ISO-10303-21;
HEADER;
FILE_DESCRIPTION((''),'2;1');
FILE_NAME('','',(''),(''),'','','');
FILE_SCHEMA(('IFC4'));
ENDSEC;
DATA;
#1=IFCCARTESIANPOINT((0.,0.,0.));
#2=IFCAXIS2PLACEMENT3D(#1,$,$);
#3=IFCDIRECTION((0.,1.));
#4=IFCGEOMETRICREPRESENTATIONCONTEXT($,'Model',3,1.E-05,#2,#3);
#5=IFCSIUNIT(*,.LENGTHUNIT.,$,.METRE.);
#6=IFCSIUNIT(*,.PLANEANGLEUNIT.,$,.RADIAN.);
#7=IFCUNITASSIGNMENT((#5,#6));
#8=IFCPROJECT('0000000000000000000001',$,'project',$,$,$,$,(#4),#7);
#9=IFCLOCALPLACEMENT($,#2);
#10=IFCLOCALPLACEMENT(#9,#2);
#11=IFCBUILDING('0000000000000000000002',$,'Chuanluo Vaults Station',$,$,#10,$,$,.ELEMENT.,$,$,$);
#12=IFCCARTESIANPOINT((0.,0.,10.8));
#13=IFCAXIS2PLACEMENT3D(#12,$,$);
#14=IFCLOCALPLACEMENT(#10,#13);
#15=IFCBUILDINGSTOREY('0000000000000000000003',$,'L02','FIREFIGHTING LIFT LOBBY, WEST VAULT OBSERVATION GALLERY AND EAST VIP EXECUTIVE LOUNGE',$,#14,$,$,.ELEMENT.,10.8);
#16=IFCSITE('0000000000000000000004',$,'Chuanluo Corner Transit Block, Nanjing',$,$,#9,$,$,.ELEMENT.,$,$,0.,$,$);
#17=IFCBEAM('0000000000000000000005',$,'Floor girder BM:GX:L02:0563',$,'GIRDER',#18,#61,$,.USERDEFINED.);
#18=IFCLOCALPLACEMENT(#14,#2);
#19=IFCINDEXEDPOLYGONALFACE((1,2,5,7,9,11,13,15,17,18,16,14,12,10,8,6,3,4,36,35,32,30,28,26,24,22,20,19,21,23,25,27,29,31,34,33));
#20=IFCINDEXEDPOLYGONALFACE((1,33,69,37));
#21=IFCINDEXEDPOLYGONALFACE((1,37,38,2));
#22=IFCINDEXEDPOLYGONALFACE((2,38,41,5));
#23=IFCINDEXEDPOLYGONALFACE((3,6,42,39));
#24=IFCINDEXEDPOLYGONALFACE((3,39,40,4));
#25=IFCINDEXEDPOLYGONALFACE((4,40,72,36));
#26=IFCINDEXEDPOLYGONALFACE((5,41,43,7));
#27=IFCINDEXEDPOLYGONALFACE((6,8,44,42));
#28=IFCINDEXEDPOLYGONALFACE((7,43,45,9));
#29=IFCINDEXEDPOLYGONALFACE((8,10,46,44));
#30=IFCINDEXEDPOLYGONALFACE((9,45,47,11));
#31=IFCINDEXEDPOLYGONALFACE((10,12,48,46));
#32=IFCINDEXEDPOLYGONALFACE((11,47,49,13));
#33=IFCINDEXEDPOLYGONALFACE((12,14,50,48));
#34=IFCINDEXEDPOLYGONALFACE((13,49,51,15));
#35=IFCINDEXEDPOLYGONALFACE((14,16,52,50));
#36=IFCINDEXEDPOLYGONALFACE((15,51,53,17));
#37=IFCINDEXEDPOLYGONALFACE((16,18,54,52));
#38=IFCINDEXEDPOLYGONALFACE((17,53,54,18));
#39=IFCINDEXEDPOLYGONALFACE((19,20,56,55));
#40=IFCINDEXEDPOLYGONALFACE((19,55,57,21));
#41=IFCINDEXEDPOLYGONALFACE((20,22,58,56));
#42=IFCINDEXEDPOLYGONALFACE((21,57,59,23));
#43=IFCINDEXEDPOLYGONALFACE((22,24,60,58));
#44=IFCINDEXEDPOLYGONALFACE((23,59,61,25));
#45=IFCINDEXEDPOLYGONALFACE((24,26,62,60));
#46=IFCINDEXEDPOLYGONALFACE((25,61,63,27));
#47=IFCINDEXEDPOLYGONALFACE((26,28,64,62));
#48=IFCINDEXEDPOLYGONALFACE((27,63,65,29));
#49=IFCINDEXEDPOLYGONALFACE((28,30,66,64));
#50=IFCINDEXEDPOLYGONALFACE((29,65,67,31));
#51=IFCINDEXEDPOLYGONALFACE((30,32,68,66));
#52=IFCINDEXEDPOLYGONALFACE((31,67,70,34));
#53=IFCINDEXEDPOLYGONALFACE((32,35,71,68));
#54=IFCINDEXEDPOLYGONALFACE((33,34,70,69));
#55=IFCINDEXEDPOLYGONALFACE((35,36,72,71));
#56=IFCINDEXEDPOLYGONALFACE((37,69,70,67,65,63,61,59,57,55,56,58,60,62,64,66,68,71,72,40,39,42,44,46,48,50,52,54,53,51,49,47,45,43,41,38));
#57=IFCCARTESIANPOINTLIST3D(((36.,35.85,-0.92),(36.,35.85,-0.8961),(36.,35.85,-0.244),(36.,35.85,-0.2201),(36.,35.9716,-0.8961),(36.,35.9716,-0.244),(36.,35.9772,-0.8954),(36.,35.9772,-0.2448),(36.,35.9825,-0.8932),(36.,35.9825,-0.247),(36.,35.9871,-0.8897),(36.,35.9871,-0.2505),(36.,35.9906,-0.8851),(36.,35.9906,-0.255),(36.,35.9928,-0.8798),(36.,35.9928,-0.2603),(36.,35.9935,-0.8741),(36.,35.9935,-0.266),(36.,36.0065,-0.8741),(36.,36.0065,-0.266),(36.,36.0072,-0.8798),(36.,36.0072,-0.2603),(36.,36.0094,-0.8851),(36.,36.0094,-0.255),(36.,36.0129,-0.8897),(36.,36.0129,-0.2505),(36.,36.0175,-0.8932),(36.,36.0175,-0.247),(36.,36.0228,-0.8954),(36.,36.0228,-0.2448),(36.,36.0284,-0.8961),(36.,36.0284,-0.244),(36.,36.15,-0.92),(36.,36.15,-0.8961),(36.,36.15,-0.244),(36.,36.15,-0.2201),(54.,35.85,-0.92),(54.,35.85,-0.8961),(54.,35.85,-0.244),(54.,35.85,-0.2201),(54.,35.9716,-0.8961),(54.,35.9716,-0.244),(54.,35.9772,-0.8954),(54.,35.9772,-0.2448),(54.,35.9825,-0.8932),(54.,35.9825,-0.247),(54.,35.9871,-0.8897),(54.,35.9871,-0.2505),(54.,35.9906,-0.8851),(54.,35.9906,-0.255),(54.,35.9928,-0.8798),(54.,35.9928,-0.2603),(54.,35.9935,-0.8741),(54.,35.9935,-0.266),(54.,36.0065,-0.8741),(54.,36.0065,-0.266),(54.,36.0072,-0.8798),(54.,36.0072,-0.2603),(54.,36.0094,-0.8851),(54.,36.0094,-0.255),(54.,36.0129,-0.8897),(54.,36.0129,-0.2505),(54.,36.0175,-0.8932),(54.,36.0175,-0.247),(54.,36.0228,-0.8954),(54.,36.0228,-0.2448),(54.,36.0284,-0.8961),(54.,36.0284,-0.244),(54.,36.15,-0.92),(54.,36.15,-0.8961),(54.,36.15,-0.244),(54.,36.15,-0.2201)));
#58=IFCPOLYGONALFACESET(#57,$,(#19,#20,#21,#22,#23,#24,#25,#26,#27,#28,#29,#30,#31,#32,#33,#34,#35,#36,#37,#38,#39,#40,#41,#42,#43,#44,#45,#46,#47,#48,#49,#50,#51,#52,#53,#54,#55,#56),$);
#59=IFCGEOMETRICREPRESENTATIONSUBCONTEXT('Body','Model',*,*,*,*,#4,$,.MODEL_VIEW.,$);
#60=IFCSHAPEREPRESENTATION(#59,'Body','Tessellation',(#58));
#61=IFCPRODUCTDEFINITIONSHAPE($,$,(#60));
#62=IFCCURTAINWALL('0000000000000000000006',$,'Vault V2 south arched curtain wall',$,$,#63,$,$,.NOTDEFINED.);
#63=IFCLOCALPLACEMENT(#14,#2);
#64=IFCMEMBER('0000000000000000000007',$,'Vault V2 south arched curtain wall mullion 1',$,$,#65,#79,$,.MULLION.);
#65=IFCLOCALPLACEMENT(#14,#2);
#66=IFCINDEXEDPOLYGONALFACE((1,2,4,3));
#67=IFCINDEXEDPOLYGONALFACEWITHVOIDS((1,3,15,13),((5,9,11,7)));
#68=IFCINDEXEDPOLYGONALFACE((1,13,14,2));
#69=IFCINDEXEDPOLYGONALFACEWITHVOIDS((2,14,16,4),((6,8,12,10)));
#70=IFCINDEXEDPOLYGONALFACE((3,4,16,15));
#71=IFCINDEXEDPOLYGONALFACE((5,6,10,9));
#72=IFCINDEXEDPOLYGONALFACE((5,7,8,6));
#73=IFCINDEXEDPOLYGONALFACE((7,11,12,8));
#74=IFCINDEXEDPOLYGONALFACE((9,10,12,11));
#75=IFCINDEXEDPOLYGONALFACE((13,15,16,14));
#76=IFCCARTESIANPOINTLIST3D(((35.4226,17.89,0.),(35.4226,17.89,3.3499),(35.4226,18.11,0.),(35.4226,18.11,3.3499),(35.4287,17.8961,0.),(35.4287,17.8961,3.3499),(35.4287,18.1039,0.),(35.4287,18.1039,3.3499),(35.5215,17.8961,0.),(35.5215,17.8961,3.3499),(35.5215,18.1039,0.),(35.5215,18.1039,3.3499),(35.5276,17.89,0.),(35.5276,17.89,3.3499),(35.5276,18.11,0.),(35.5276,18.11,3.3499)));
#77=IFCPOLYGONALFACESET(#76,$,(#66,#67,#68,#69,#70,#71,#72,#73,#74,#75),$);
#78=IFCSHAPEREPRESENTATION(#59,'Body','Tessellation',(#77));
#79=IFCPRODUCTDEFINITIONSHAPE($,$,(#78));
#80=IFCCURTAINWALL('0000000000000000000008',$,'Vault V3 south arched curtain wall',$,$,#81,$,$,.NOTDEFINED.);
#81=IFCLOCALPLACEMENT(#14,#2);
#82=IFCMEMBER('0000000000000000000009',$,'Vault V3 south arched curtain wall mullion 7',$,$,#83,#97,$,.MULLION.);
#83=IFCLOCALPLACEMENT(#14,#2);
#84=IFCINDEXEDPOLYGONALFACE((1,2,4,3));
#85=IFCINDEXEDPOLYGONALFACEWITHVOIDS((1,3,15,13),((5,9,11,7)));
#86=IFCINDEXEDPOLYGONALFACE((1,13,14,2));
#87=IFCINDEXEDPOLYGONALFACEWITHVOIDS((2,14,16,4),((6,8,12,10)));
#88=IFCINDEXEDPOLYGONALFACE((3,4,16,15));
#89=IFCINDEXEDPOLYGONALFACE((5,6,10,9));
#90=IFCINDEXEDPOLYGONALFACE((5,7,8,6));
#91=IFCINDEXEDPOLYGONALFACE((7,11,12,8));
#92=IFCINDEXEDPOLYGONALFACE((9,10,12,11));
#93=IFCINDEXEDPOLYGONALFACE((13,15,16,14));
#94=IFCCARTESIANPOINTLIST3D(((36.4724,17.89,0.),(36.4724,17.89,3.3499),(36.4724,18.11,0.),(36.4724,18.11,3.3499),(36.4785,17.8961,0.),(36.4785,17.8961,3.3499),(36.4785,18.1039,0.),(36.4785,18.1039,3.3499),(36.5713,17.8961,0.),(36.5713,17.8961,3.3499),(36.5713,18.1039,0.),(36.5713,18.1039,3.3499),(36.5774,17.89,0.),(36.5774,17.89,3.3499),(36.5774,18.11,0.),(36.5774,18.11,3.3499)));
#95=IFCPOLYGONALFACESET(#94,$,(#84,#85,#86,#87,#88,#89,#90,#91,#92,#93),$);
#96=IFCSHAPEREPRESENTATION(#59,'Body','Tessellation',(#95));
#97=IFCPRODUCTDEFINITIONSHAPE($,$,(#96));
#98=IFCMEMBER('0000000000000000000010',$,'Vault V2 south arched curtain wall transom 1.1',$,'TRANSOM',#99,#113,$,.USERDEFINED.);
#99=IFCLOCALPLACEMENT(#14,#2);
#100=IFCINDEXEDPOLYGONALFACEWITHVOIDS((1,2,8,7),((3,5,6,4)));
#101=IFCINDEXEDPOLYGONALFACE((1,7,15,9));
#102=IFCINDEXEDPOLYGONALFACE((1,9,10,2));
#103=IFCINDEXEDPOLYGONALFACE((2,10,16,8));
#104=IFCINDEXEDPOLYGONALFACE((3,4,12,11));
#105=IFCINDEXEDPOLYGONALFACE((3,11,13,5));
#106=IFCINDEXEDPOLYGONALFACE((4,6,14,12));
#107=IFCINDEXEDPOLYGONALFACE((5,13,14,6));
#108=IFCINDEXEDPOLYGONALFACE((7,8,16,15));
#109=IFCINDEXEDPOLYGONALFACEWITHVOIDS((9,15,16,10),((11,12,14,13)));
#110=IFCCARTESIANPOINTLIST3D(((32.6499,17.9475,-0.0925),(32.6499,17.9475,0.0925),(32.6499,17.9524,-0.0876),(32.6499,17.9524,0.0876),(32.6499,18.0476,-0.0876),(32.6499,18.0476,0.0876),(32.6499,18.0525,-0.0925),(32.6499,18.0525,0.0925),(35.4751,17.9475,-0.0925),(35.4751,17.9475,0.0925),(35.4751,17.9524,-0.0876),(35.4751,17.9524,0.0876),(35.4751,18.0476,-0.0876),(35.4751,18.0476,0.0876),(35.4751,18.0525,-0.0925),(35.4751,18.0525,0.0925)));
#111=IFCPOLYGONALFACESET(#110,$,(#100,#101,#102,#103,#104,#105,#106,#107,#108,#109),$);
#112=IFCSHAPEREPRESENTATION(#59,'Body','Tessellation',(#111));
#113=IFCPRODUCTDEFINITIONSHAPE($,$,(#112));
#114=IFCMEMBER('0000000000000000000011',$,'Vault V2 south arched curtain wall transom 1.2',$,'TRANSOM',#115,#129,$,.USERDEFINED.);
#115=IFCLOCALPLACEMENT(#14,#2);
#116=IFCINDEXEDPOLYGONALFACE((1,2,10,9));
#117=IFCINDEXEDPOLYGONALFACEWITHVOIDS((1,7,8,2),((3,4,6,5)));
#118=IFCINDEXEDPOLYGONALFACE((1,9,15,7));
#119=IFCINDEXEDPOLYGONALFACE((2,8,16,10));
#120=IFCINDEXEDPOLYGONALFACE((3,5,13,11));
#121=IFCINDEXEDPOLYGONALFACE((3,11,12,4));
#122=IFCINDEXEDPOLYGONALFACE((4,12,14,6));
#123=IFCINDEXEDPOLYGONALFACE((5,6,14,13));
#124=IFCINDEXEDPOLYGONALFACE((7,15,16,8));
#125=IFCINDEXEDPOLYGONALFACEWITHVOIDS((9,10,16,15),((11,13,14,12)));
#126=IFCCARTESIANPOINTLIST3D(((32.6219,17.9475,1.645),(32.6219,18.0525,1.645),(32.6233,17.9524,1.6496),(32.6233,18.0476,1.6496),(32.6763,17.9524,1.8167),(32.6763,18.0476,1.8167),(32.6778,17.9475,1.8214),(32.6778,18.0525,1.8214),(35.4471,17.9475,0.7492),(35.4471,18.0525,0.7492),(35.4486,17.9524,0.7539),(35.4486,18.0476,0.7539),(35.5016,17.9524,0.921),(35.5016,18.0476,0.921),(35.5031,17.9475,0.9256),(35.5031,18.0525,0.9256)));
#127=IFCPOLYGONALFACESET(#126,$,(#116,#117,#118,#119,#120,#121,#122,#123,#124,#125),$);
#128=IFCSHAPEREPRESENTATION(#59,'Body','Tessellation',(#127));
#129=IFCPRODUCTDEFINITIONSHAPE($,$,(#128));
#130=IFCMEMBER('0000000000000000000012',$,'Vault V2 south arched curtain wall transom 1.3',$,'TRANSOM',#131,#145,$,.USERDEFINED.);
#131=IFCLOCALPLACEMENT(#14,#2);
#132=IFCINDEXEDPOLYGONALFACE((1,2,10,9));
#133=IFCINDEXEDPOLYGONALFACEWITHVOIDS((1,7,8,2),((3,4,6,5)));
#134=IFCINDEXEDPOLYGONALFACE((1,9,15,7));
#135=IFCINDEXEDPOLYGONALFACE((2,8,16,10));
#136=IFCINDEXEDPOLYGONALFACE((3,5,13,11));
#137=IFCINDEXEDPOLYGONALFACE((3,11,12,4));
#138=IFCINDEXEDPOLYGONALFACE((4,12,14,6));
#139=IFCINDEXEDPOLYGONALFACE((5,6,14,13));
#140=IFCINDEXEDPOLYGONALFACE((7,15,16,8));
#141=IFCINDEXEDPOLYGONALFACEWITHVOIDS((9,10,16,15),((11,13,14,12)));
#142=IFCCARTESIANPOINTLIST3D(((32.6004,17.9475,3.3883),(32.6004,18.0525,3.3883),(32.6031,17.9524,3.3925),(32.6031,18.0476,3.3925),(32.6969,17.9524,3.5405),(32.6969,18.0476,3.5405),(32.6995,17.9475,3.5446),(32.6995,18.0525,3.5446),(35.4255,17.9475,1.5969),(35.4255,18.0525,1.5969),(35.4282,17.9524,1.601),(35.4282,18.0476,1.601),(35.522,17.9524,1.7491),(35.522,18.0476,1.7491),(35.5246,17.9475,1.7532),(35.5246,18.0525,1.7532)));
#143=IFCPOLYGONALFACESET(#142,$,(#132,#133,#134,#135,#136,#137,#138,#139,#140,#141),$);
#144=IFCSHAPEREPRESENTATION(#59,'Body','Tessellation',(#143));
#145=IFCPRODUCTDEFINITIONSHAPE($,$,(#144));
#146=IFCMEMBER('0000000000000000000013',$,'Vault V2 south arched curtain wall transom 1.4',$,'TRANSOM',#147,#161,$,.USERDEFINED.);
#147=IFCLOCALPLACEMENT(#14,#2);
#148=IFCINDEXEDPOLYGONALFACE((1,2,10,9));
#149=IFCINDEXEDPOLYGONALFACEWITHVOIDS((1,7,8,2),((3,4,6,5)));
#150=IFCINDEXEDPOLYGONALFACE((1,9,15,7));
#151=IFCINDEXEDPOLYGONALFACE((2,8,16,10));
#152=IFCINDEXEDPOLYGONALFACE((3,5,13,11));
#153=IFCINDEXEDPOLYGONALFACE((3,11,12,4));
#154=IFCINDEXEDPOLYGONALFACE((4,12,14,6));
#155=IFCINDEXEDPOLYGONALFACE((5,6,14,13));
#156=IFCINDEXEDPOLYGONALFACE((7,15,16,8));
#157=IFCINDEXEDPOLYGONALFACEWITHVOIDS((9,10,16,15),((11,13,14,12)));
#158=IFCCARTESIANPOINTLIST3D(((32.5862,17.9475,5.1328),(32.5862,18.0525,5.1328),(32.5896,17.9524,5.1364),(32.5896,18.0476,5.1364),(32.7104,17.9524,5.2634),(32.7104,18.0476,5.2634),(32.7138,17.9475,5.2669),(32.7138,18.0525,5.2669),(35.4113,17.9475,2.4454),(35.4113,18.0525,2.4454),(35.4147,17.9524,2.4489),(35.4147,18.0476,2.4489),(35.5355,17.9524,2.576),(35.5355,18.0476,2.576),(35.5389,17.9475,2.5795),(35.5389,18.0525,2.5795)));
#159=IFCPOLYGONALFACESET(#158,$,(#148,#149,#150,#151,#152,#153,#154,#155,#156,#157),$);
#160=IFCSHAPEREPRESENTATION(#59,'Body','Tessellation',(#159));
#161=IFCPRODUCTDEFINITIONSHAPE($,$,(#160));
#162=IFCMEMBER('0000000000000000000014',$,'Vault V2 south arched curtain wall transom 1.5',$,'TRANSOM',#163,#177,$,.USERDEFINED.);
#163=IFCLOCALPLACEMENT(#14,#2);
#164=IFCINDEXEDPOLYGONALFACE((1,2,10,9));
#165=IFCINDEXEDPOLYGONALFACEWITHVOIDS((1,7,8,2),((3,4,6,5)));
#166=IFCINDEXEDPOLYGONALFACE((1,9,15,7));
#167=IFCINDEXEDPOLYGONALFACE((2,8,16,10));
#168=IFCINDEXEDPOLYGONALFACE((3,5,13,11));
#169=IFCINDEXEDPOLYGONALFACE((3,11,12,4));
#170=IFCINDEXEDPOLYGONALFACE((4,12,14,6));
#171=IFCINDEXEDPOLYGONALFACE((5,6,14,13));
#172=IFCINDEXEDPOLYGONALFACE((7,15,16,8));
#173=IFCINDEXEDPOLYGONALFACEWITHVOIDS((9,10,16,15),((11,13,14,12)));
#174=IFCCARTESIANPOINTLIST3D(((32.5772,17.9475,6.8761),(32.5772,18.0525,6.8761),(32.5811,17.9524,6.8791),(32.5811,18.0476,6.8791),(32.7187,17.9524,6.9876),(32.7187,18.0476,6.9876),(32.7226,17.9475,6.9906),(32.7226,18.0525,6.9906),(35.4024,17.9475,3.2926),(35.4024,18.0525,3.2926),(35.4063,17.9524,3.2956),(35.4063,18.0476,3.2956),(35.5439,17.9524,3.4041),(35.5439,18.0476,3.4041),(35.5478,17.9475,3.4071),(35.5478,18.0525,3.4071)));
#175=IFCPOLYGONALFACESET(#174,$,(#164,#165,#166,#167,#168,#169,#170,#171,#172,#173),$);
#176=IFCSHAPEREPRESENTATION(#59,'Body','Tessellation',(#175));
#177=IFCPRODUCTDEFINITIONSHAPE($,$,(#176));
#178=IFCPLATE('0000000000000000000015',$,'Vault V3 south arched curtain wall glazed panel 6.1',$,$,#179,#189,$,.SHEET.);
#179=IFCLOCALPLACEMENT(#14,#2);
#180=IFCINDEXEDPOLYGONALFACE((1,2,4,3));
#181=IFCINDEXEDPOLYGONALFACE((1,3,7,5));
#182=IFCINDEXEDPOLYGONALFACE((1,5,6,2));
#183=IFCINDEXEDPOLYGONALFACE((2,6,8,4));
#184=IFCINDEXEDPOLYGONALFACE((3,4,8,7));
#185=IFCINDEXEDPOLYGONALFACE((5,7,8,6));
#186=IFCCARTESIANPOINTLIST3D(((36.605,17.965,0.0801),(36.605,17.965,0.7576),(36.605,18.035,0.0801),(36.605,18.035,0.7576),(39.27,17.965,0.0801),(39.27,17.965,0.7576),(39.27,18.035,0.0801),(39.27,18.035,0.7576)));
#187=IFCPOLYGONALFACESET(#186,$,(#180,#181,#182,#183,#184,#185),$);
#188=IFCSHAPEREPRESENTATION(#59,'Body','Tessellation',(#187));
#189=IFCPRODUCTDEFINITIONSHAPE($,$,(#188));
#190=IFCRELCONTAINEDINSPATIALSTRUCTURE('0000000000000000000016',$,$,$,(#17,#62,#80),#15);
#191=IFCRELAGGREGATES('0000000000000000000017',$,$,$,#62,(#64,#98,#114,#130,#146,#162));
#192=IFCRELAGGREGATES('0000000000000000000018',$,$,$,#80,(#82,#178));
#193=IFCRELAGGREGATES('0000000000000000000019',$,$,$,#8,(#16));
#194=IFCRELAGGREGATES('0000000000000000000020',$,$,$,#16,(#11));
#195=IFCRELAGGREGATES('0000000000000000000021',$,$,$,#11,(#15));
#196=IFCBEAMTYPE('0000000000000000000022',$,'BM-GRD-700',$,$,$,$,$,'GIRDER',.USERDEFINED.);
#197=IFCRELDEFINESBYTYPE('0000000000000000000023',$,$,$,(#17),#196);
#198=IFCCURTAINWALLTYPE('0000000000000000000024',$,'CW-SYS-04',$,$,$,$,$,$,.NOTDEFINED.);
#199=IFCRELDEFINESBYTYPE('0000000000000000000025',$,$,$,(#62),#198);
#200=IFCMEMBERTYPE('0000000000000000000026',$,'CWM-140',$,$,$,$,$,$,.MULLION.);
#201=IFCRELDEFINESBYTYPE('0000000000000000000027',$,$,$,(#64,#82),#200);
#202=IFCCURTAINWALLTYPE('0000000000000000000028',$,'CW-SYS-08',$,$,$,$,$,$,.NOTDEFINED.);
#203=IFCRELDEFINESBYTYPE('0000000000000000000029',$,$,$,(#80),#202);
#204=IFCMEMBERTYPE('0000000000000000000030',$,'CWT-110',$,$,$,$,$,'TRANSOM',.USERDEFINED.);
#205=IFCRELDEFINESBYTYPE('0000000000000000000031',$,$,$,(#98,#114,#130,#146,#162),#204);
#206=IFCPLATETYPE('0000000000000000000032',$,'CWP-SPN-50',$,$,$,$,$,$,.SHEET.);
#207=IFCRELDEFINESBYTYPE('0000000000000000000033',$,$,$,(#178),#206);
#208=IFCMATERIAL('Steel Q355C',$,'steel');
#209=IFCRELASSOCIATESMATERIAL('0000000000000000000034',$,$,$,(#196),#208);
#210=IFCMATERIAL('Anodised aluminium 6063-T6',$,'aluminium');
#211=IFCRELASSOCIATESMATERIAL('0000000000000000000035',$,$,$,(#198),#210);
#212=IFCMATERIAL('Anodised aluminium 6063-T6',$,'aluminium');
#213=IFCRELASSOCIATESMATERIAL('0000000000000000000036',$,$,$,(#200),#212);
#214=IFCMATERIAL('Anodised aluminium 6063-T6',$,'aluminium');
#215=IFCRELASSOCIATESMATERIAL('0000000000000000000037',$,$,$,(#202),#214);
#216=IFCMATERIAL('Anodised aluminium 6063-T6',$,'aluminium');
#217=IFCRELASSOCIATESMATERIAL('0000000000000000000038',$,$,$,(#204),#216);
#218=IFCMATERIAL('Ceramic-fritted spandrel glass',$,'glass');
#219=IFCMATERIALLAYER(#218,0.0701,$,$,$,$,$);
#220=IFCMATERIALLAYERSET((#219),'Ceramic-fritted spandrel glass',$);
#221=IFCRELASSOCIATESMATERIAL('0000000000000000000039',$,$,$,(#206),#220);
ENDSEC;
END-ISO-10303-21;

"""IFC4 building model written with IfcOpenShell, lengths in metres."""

from ifc_helpers import new_model, si_unit, direction, frame, origin, origin_2d, place, context, subcontext, project, spatial, rectangle, hollow_rectangle, i_section, extrude, material, layer, layer_set, material_profile, profile_set, type_object, element, aggregate, save


model = new_model("IFC4")

# Units and contexts
model_context = context("Model", 3, precision=1e-05, world=origin(), true_north=direction((0.0, 1.0)))
body_context = subcontext(model_context, "Body", "Model", "MODEL_VIEW")
ifc_project = project(units=[si_unit("LENGTHUNIT", "METRE"), si_unit("PLANEANGLEUNIT", "RADIAN")], contexts=[model_context])

# Site, building, storey
site_placement = place(None, origin())
site = spatial("IfcSite", under=ifc_project, at=site_placement, Name="Chuanluo Corner Transit Block, Nanjing", CompositionType="ELEMENT", RefElevation=0.0)
building_placement = place(site_placement, origin())
building = spatial("IfcBuilding", under=site, at=building_placement, Name="Chuanluo Vaults Station", CompositionType="ELEMENT")
storey_placement = place(building_placement, frame((0.0, 0.0, 10.8)))
storey = spatial("IfcBuildingStorey", under=building, at=storey_placement, Name="L02", Description="FIREFIGHTING LIFT LOBBY, WEST VAULT OBSERVATION GALLERY AND EAST VIP EXECUTIVE LOUNGE", CompositionType="ELEMENT", Elevation=10.8)

# Beam
ifc_material_1 = material(Name="Steel Q355C", Category="steel")
ifc_material_profile_1 = material_profile(ifc_material_1, i_section(OverallWidth=0.3, OverallDepth=0.7, WebThickness=0.0129, FlangeThickness=0.0239, FilletRadius=0.022, at=origin_2d()))
ifc_profile_set_1 = profile_set([ifc_material_profile_1], Name="Steel Q355C")
beam_type_1 = type_object("IfcBeamType", Name="BM-GRD-700", ElementType="GIRDER", PredefinedType="USERDEFINED", material=ifc_profile_set_1)
for number, where, z_axis, x_axis, name in (
    (1, (36.0, 36.0, -0.5701), (1.0, 0.0, 0.0), (0.0, 1.0, 0.0), "Floor girder BM:GX:L02:0563"),
):
    element("IfcBeam", number, at=place(storey_placement, frame(where, z_axis=z_axis, x_axis=x_axis)), inside=storey, type_object=beam_type_1, Name=name, ObjectType="GIRDER", PredefinedType="USERDEFINED", context=body_context, shape_type="SweptSolid", body=[
        extrude(i_section(OverallWidth=0.3, OverallDepth=0.7, WebThickness=0.0129, FlangeThickness=0.0239, FilletRadius=0.022, at=origin_2d()), origin(), (0.0, 0.0, 1.0), 18.0),
    ])

# Curtain walls, members
ifc_material_2 = material(Name="Anodised aluminium 6063-T6", Category="aluminium")
curtain_wall_type_1 = type_object("IfcCurtainWallType", Name="CW-SYS-04", PredefinedType="NOTDEFINED", material=ifc_material_2)
curtain_wall_1_placement = place(storey_placement, origin())
curtain_wall_1 = element("IfcCurtainWall", 2, at=curtain_wall_1_placement, inside=storey, type_object=curtain_wall_type_1, Name="Vault V2 south arched curtain wall", PredefinedType="NOTDEFINED")
ifc_material_3 = material(Name="Anodised aluminium 6063-T6", Category="aluminium")
ifc_material_profile_2 = material_profile(ifc_material_3, hollow_rectangle(XDim=0.105, YDim=0.22, WallThickness=0.0061, at=origin_2d()))
ifc_profile_set_2 = profile_set([ifc_material_profile_2], Name="Anodised aluminium 6063-T6")
member_type_1 = type_object("IfcMemberType", Name="CWM-140", PredefinedType="MULLION", material=ifc_profile_set_2)
member_1_placement = place(storey_placement, frame((35.4751, 18.0, 0.0), z_axis=(0.0, 0.0, 1.0), x_axis=(-1.0, 0.0, 0.0)))
member_1 = element("IfcMember", 3, at=member_1_placement, type_object=member_type_1, Name="Vault V2 south arched curtain wall mullion 1", PredefinedType="MULLION", context=body_context, shape_type="SweptSolid", body=[
    extrude(hollow_rectangle(XDim=0.105, YDim=0.22, WallThickness=0.0061, at=origin_2d()), origin(), (0.0, 0.0, 1.0), 3.3499),
])
ifc_material_4 = material(Name="Anodised aluminium 6063-T6", Category="aluminium")
curtain_wall_type_2 = type_object("IfcCurtainWallType", Name="CW-SYS-08", PredefinedType="NOTDEFINED", material=ifc_material_4)
curtain_wall_2_placement = place(storey_placement, origin())
curtain_wall_2 = element("IfcCurtainWall", 4, at=curtain_wall_2_placement, inside=storey, type_object=curtain_wall_type_2, Name="Vault V3 south arched curtain wall", PredefinedType="NOTDEFINED")
member_2_placement = place(storey_placement, frame((36.5249, 18.0, 0.0), z_axis=(0.0, 0.0, 1.0), x_axis=(-1.0, 0.0, 0.0)))
member_2 = element("IfcMember", 5, at=member_2_placement, type_object=member_type_1, Name="Vault V3 south arched curtain wall mullion 7", PredefinedType="MULLION", context=body_context, shape_type="SweptSolid", body=[
    extrude(hollow_rectangle(XDim=0.105, YDim=0.22, WallThickness=0.0061, at=origin_2d()), origin(), (0.0, 0.0, 1.0), 3.3499),
])

# Members
ifc_material_5 = material(Name="Anodised aluminium 6063-T6", Category="aluminium")
ifc_material_profile_3 = material_profile(ifc_material_5, hollow_rectangle(XDim=0.105, YDim=0.1851, WallThickness=0.0049, at=origin_2d()))
ifc_profile_set_3 = profile_set([ifc_material_profile_3], Name="Anodised aluminium 6063-T6")
member_type_2 = type_object("IfcMemberType", Name="CWT-110", ElementType="TRANSOM", PredefinedType="USERDEFINED", material=ifc_profile_set_3)
member_3_placement = place(storey_placement, frame((35.4751, 18.0, 0.0), z_axis=(-1.0, 0.0, 0.0), x_axis=(0.0, -1.0, 0.0)))
member_3 = element("IfcMember", 6, at=member_3_placement, type_object=member_type_2, Name="Vault V2 south arched curtain wall transom 1.1", ObjectType="TRANSOM", PredefinedType="USERDEFINED", context=body_context, shape_type="SweptSolid", body=[
    extrude(hollow_rectangle(XDim=0.105, YDim=0.1851, WallThickness=0.0049, at=origin_2d()), origin(), (0.0, 0.0, 1.0), 2.8252),
])
member_4_placement = place(storey_placement, frame((35.4751, 18.0, 0.8374), z_axis=(-0.953235, 0.0, 0.302231), x_axis=(0.0, -1.0, 0.0)))
member_4 = element("IfcMember", 7, at=member_4_placement, type_object=member_type_2, Name="Vault V2 south arched curtain wall transom 1.2", ObjectType="TRANSOM", PredefinedType="USERDEFINED", context=body_context, shape_type="SweptSolid", body=[
    extrude(hollow_rectangle(XDim=0.105, YDim=0.1851, WallThickness=0.0049, at=origin_2d()), origin(), (0.0, 0.0, 1.0), 2.9639),
])
member_5_placement = place(storey_placement, frame((35.4751, 18.0, 1.675), z_axis=(-0.84452, 0.0, 0.535524), x_axis=(0.0, -1.0, 0.0)))
member_5 = element("IfcMember", 8, at=member_5_placement, type_object=member_type_2, Name="Vault V2 south arched curtain wall transom 1.3", ObjectType="TRANSOM", PredefinedType="USERDEFINED", context=body_context, shape_type="SweptSolid", body=[
    extrude(hollow_rectangle(XDim=0.105, YDim=0.1851, WallThickness=0.0049, at=origin_2d()), origin(), (0.0, 0.0, 1.0), 3.3452),
])
member_6_placement = place(storey_placement, frame((35.4751, 18.0, 2.5125), z_axis=(-0.724543, 0.0, 0.68923), x_axis=(0.0, -1.0, 0.0)))
member_6 = element("IfcMember", 9, at=member_6_placement, type_object=member_type_2, Name="Vault V2 south arched curtain wall transom 1.4", ObjectType="TRANSOM", PredefinedType="USERDEFINED", context=body_context, shape_type="SweptSolid", body=[
    extrude(hollow_rectangle(XDim=0.105, YDim=0.1851, WallThickness=0.0049, at=origin_2d()), origin(), (0.0, 0.0, 1.0), 3.8992),
])
member_7_placement = place(storey_placement, frame((35.4751, 18.0, 3.3499), z_axis=(-0.61912, 0.0, 0.785296), x_axis=(0.0, -1.0, 0.0)))
member_7 = element("IfcMember", 10, at=member_7_placement, type_object=member_type_2, Name="Vault V2 south arched curtain wall transom 1.5", ObjectType="TRANSOM", PredefinedType="USERDEFINED", context=body_context, shape_type="SweptSolid", body=[
    extrude(hollow_rectangle(XDim=0.105, YDim=0.1851, WallThickness=0.0049, at=origin_2d()), origin(), (0.0, 0.0, 1.0), 4.5632),
])

# Plate
ifc_material_6 = material(Name="Ceramic-fritted spandrel glass", Category="glass")
ifc_layer_1 = layer(ifc_material_6, 0.0701)
ifc_layer_set_1 = layer_set([ifc_layer_1], Name="Ceramic-fritted spandrel glass")
plate_type_1 = type_object("IfcPlateType", Name="CWP-SPN-50", PredefinedType="SHEET", material=ifc_layer_set_1)
plate_1_placement = place(storey_placement, frame((37.9375, 18.0, 0.0801), z_axis=(0.0, 0.0, 1.0), x_axis=(-1.0, 0.0, 0.0)))
plate_1 = element("IfcPlate", 11, at=plate_1_placement, type_object=plate_type_1, Name="Vault V3 south arched curtain wall glazed panel 6.1", PredefinedType="SHEET", context=body_context, shape_type="SweptSolid", body=[
    extrude(rectangle(XDim=2.665, YDim=0.0701, at=origin_2d()), origin(), (0.0, 0.0, 1.0), 0.6775),
])
aggregate(curtain_wall_1, [member_1, member_3, member_4, member_5, member_6, member_7])
aggregate(curtain_wall_2, [member_2, plate_1])

save(model, "model.ifc")
